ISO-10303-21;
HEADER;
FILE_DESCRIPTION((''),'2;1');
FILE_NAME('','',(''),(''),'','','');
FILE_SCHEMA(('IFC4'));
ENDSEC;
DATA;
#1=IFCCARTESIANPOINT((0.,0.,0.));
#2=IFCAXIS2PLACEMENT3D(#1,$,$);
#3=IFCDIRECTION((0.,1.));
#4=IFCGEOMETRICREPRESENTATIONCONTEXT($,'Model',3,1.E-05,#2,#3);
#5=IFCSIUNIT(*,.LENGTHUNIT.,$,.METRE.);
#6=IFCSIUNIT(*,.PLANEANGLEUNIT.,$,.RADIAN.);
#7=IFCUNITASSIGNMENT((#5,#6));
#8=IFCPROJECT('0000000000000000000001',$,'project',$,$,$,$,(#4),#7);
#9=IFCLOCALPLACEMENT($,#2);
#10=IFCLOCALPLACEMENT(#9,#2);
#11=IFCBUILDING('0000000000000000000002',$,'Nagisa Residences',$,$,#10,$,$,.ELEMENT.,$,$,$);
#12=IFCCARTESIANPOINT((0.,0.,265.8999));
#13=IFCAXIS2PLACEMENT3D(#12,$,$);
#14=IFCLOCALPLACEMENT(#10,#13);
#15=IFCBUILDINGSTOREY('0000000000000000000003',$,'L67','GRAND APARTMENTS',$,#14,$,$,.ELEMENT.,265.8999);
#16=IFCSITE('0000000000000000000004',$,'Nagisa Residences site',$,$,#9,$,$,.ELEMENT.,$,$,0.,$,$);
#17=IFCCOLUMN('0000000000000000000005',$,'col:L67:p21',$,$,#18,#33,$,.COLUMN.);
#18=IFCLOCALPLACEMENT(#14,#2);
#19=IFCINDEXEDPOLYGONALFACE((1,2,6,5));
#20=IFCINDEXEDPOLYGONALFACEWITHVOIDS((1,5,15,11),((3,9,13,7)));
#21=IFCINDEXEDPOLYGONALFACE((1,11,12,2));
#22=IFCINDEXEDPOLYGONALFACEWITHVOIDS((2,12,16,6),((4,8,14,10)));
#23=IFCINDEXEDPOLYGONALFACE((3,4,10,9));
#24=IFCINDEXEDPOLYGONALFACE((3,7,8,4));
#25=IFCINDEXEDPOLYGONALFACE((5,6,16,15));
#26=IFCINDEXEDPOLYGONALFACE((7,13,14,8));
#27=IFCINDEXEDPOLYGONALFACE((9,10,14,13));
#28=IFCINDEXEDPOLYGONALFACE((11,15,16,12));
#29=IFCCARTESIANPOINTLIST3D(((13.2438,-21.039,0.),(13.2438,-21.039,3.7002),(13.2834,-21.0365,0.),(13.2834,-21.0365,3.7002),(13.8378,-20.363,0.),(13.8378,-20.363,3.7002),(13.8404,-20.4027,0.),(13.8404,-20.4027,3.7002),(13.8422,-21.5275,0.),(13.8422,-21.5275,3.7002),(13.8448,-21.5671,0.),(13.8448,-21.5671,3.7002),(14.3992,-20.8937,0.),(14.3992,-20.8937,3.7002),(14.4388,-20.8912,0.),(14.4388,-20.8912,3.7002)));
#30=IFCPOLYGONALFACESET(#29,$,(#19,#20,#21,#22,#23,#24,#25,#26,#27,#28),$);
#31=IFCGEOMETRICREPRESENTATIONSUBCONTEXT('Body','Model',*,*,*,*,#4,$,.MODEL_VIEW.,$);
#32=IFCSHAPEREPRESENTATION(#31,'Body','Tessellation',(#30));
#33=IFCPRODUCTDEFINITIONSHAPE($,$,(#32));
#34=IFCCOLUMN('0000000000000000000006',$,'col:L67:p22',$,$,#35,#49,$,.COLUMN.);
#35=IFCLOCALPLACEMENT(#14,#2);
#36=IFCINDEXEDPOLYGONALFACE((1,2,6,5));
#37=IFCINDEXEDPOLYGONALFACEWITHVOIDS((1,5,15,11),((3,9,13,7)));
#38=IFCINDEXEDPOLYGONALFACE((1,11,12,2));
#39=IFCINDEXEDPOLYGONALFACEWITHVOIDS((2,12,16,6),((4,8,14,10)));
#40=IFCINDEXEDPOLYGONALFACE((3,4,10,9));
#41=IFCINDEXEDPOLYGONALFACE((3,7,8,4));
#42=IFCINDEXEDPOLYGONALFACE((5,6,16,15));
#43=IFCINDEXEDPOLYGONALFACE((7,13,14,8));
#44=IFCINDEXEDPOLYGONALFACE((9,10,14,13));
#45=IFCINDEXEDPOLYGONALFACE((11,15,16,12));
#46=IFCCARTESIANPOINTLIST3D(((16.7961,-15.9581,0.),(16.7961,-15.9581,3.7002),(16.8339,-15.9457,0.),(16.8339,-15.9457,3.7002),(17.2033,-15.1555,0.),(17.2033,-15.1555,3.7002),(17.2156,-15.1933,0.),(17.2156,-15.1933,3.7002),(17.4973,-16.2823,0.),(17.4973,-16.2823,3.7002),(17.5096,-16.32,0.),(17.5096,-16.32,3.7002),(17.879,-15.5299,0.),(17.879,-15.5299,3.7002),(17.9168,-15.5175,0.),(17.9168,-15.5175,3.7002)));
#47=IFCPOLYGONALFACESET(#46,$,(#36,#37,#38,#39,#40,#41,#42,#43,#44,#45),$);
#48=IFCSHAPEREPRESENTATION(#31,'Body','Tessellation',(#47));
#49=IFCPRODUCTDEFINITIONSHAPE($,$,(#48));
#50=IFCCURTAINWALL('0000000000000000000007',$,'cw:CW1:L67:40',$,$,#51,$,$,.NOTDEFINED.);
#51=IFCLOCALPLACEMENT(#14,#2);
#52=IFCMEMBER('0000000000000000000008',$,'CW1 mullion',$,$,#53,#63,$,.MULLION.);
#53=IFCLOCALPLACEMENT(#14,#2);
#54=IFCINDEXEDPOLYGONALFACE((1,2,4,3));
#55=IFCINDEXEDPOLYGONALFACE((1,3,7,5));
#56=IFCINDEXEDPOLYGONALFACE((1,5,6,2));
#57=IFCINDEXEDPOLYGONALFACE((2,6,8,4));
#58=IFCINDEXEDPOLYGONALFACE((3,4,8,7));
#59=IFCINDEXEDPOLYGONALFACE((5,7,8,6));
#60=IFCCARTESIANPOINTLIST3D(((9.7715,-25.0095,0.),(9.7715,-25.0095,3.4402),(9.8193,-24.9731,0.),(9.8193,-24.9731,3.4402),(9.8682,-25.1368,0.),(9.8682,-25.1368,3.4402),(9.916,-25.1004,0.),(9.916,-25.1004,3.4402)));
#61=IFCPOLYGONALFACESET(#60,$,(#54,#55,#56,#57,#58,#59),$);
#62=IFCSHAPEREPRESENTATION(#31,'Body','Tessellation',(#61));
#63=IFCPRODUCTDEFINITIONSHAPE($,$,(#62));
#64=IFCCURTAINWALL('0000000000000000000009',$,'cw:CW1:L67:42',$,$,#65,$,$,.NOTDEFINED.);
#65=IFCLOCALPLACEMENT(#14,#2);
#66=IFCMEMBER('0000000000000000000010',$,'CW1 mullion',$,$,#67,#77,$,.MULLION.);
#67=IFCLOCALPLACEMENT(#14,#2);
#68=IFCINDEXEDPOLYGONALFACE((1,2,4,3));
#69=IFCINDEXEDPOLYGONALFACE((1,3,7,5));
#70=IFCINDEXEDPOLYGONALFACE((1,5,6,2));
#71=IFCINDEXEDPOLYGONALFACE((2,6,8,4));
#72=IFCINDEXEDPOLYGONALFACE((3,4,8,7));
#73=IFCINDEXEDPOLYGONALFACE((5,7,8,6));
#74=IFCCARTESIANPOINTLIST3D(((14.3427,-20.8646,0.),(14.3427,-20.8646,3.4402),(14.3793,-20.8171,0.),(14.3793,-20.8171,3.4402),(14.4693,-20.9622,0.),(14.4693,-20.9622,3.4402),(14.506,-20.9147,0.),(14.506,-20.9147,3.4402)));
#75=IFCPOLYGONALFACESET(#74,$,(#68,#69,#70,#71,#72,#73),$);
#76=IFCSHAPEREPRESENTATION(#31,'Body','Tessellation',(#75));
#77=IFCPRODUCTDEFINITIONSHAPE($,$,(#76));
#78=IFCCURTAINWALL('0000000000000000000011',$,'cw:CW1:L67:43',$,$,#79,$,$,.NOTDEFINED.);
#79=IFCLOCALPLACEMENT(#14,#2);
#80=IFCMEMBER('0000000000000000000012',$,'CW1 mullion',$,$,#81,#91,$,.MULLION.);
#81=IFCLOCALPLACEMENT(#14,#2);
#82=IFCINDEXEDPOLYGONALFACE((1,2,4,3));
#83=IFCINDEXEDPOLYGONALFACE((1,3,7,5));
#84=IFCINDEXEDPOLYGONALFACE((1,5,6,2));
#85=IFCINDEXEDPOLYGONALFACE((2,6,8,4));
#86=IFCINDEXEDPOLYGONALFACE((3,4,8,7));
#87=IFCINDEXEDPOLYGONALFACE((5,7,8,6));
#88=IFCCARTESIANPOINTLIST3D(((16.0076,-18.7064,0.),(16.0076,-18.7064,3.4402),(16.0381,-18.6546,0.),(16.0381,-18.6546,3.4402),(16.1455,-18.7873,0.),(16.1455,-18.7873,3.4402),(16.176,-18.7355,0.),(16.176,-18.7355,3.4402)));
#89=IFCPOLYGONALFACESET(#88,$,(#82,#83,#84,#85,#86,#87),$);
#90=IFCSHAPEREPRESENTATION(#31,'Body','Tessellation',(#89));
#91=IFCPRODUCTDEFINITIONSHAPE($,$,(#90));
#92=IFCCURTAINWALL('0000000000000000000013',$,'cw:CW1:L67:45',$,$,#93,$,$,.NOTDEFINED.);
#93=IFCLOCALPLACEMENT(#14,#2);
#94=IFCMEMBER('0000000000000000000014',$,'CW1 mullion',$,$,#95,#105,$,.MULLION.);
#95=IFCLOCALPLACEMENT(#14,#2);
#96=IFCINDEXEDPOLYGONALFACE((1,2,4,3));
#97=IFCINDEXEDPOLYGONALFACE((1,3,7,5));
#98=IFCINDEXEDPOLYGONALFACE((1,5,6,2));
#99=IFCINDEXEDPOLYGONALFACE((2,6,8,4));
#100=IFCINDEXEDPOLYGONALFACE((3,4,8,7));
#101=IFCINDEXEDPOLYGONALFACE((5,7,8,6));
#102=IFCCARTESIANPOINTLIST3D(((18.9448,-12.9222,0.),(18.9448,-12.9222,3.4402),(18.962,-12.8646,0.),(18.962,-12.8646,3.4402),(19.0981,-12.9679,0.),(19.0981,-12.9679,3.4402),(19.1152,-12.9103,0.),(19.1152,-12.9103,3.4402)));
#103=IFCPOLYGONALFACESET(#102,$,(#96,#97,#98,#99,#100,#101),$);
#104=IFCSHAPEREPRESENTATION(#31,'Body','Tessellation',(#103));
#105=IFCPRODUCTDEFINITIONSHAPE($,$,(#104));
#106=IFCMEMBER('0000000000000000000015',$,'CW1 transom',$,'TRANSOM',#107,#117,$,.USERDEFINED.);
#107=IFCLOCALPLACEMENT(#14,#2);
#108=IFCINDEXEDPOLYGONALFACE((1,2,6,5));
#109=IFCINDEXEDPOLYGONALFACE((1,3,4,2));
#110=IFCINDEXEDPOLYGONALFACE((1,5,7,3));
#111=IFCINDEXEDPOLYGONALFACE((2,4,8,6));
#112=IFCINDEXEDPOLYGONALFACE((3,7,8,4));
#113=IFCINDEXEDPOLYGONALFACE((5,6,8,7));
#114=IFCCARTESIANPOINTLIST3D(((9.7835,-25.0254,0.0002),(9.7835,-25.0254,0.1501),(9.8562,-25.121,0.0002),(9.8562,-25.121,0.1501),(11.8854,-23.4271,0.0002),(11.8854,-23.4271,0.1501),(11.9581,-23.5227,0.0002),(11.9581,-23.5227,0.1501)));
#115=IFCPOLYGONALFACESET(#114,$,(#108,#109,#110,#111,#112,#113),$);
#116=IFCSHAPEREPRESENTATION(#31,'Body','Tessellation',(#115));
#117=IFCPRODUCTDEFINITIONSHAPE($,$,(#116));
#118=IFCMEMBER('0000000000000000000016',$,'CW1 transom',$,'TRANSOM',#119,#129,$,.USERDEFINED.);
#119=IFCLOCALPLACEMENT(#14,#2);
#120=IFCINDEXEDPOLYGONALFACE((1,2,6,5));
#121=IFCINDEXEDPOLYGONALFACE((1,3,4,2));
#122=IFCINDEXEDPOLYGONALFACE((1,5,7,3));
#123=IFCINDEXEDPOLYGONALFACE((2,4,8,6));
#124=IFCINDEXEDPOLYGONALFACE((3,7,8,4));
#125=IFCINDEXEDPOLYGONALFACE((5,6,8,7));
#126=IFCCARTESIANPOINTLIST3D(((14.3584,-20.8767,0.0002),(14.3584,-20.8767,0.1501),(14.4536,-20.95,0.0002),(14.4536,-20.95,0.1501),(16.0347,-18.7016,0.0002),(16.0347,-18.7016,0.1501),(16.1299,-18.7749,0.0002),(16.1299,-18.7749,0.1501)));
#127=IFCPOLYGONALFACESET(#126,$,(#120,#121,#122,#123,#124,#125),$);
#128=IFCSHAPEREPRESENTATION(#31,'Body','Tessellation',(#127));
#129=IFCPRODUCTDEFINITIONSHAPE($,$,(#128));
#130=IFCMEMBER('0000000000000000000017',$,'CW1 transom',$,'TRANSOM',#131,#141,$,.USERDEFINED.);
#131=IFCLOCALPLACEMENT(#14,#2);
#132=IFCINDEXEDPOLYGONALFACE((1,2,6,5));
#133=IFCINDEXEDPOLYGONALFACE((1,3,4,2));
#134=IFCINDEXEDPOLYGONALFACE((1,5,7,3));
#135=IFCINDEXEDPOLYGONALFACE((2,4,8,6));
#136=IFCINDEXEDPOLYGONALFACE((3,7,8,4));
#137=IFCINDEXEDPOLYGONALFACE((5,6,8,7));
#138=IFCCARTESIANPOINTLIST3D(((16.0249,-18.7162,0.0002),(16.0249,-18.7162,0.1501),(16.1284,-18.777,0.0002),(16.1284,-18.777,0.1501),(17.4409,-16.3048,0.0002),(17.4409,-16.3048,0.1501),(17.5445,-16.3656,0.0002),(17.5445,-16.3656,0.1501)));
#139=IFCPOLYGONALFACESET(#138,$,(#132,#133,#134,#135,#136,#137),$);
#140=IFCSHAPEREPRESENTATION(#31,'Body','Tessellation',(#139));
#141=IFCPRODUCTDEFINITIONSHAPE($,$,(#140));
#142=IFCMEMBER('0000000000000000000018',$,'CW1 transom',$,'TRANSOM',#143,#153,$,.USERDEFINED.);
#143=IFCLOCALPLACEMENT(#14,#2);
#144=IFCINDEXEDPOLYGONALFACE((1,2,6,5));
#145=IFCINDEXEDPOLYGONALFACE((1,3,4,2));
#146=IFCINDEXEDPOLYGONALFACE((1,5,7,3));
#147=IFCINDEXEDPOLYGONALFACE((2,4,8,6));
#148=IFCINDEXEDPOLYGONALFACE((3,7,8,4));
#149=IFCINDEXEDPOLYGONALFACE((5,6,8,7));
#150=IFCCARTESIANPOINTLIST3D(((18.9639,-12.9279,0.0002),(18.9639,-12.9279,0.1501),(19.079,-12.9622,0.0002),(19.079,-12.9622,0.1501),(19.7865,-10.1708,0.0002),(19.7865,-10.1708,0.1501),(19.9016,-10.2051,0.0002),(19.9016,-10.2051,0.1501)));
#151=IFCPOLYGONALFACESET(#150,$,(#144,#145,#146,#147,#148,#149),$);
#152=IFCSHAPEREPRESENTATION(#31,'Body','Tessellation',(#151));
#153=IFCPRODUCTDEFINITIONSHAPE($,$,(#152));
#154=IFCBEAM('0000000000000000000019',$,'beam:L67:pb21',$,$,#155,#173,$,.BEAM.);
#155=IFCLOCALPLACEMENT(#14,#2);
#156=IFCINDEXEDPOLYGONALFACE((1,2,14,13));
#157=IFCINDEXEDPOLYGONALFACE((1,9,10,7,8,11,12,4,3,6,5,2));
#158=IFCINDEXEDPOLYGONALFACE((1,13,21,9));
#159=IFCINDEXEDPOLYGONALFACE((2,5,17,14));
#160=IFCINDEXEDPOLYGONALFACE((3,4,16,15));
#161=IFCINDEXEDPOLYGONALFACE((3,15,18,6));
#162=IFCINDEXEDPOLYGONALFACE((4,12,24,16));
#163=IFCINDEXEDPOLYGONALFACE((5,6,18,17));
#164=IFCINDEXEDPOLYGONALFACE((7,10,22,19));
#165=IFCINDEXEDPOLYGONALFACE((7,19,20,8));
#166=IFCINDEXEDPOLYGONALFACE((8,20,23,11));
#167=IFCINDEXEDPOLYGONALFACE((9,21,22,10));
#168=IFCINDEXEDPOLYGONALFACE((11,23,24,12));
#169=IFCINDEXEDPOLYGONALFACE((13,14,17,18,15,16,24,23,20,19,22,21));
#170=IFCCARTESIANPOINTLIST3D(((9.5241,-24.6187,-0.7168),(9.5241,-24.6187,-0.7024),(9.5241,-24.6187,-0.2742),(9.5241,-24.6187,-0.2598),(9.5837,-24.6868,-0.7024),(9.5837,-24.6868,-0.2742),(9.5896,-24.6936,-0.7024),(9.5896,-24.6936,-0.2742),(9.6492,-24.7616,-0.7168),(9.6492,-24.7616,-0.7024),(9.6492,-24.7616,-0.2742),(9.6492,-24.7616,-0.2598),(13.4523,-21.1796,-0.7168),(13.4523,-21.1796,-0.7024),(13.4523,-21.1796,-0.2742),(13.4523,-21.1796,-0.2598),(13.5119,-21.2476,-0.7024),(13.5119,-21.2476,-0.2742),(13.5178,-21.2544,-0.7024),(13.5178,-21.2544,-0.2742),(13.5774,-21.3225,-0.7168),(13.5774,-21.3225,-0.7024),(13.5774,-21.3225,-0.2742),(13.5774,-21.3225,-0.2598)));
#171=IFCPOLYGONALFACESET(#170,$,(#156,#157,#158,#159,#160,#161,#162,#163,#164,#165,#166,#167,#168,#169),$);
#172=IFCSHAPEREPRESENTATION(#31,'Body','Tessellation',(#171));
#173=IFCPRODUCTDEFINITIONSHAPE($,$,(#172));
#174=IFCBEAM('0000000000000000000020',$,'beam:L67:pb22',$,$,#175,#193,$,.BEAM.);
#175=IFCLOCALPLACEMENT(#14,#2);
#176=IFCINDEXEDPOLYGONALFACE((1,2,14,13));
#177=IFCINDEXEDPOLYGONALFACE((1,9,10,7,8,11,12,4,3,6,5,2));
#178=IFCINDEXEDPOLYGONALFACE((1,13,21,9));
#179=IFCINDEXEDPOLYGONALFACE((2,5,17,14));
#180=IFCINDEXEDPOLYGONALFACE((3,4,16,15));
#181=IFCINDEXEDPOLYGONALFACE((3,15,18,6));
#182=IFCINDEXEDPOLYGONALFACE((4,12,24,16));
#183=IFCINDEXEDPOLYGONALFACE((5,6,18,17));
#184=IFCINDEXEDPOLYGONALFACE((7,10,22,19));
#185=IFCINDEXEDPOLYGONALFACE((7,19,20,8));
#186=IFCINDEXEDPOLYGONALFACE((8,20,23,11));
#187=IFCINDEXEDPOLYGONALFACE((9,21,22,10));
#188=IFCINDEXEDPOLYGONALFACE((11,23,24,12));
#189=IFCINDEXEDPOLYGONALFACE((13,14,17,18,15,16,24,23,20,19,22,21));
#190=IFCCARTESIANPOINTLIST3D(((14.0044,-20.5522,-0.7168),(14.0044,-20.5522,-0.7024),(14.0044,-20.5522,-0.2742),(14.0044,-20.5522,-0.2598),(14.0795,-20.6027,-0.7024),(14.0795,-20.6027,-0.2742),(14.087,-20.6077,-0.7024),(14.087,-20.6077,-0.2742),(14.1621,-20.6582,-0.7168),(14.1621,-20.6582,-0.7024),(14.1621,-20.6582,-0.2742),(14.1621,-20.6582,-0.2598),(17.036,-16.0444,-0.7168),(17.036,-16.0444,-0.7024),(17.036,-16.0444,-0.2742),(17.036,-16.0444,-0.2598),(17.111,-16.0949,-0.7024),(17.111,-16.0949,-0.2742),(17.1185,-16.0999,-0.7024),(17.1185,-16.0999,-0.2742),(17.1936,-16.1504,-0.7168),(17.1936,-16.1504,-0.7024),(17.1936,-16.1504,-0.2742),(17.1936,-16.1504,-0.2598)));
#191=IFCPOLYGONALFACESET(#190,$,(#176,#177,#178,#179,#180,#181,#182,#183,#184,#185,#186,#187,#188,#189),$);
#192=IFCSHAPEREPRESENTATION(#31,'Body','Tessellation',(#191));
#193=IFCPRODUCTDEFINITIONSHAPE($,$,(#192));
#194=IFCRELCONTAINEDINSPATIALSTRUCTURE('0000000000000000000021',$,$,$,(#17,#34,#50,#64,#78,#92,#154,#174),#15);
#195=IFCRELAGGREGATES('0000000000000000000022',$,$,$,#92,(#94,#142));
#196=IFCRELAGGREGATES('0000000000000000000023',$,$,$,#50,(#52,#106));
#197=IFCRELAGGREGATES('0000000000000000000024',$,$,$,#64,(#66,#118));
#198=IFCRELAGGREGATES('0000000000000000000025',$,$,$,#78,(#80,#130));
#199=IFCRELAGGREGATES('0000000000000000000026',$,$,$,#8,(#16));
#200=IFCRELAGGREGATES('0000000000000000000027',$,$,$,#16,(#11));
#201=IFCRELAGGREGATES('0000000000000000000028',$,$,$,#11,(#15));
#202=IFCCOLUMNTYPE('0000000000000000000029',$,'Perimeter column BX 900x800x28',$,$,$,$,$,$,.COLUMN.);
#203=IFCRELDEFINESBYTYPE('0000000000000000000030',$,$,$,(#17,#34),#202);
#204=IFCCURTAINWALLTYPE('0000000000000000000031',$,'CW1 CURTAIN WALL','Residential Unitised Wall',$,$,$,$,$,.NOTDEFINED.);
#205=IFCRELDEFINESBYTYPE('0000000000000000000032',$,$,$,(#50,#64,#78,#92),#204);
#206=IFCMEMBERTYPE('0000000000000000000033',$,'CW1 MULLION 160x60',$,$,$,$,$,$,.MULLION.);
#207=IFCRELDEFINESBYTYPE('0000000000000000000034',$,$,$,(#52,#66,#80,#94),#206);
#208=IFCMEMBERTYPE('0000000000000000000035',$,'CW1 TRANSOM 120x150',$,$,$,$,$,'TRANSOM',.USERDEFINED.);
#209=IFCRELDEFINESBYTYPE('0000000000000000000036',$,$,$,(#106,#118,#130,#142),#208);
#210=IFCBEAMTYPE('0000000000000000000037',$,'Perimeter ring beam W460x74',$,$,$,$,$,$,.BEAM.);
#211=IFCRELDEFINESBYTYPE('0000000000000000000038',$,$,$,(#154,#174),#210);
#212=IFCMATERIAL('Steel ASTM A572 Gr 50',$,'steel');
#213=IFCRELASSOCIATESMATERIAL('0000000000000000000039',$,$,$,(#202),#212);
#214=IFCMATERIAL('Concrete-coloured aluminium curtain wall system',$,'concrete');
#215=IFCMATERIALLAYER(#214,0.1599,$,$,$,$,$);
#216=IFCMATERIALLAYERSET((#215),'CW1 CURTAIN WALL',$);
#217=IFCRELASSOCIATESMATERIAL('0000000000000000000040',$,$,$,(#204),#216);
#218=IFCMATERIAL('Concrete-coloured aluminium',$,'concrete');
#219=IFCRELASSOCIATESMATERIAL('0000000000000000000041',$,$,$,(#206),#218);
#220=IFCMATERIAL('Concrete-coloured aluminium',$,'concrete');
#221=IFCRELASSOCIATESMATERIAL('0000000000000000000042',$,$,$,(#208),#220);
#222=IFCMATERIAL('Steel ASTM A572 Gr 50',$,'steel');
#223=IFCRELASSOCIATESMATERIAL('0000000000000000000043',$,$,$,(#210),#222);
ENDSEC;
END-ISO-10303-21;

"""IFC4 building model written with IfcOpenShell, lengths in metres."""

from ifc_helpers import new_model, si_unit, direction, frame, origin, origin_2d, place, context, subcontext, project, spatial, rectangle, hollow_rectangle, i_section, extrude, material, layer, layer_set, material_profile, profile_set, type_object, element, aggregate, save


model = new_model("IFC4")

# Units and contexts
model_context = context("Model", 3, precision=1e-05, world=origin(), true_north=direction((0.0, 1.0)))
body_context = subcontext(model_context, "Body", "Model", "MODEL_VIEW")
ifc_project = project(units=[si_unit("LENGTHUNIT", "METRE"), si_unit("PLANEANGLEUNIT", "RADIAN")], contexts=[model_context])

# Site, building, storey
site_placement = place(None, origin())
site = spatial("IfcSite", under=ifc_project, at=site_placement, Name="Nagisa Residences site", CompositionType="ELEMENT", RefElevation=0.0)
building_placement = place(site_placement, origin())
building = spatial("IfcBuilding", under=site, at=building_placement, Name="Nagisa Residences", CompositionType="ELEMENT")
storey_placement = place(building_placement, frame((0.0, 0.0, 265.8999)))
storey = spatial("IfcBuildingStorey", under=building, at=storey_placement, Name="L67", Description="GRAND APARTMENTS", CompositionType="ELEMENT", Elevation=265.8999)

# Columns
ifc_material_1 = material(Name="Steel ASTM A572 Gr 50", Category="steel")
ifc_material_profile_1 = material_profile(ifc_material_1, hollow_rectangle(XDim=0.8999, YDim=0.8, WallThickness=0.0281, at=origin_2d()), Name="BX 900x800x28")
ifc_profile_set_1 = profile_set([ifc_material_profile_1], Name="Steel ASTM A572 Gr 50")
column_type = type_object("IfcColumnType", Name="Perimeter column BX 900x800x28", PredefinedType="COLUMN", material=ifc_profile_set_1)
for number, where, z_axis, x_axis, name in (
    (1, (13.8413, -20.9651, 0.0), (0.0, 0.0, 1.0), (0.660115, 0.751165, 0.0), "col:L67:p21"),
    (2, (17.3564, -15.7378, 0.0), (0.0, 0.0, 1.0), (0.452463, 0.891783, 0.0), "col:L67:p22"),
):
    element("IfcColumn", number, at=place(storey_placement, frame(where, z_axis=z_axis, x_axis=x_axis)), inside=storey, type_object=column_type, Name=name, PredefinedType="COLUMN", context=body_context, shape_type="SweptSolid", body=[
        extrude(hollow_rectangle(XDim=0.8999, YDim=0.8, WallThickness=0.0281, at=origin_2d()), origin(), (0.0, 0.0, 1.0), 3.7002),
    ])

# Curtain walls, members
ifc_material_2 = material(Name="Concrete-coloured aluminium curtain wall system", Category="concrete")
ifc_layer_1 = layer(ifc_material_2, 0.1599)
ifc_layer_set_1 = layer_set([ifc_layer_1], Name="CW1 CURTAIN WALL")
curtain_wall_type = type_object("IfcCurtainWallType", Name="CW1 CURTAIN WALL", Description="Residential Unitised Wall", PredefinedType="NOTDEFINED", material=ifc_layer_set_1)
curtain_wall_1_placement = place(storey_placement, origin())
curtain_wall_1 = element("IfcCurtainWall", 3, at=curtain_wall_1_placement, inside=storey, type_object=curtain_wall_type, Name="cw:CW1:L67:40", PredefinedType="NOTDEFINED")
ifc_material_3 = material(Name="Concrete-coloured aluminium", Category="concrete")
ifc_material_profile_2 = material_profile(ifc_material_3, rectangle(XDim=0.1599, YDim=0.0601, at=origin_2d()), Name="CW1 MULLION 160x60")
ifc_profile_set_2 = profile_set([ifc_material_profile_2], Name="Concrete-coloured aluminium")
member_type_1 = type_object("IfcMemberType", Name="CW1 MULLION 160x60", PredefinedType="MULLION", material=ifc_profile_set_2)
member_1_placement = place(storey_placement, frame((9.8438, -25.0549, 0.0), z_axis=(0.0, 0.0, 1.0), x_axis=(-0.605255, 0.796031, 0.0)))
member_1 = element("IfcMember", 4, at=member_1_placement, type_object=member_type_1, Name="CW1 mullion", PredefinedType="MULLION", context=body_context, shape_type="SweptSolid", body=[
    extrude(rectangle(XDim=0.1599, YDim=0.0601, at=origin_2d()), origin(), (0.0, 0.0, 1.0), 3.4402),
])
curtain_wall_2_placement = place(storey_placement, origin())
curtain_wall_2 = element("IfcCurtainWall", 5, at=curtain_wall_2_placement, inside=storey, type_object=curtain_wall_type, Name="cw:CW1:L67:42", PredefinedType="NOTDEFINED")
member_2_placement = place(storey_placement, frame((14.4243, -20.8896, 0.0), z_axis=(0.0, 0.0, 1.0), x_axis=(-0.79207, 0.61043, 0.0)))
member_2 = element("IfcMember", 6, at=member_2_placement, type_object=member_type_1, Name="CW1 mullion", PredefinedType="MULLION", context=body_context, shape_type="SweptSolid", body=[
    extrude(rectangle(XDim=0.1599, YDim=0.0601, at=origin_2d()), origin(), (0.0, 0.0, 1.0), 3.4402),
])
curtain_wall_3_placement = place(storey_placement, origin())
curtain_wall_3 = element("IfcCurtainWall", 7, at=curtain_wall_3_placement, inside=storey, type_object=curtain_wall_type, Name="cw:CW1:L67:43", PredefinedType="NOTDEFINED")
member_3_placement = place(storey_placement, frame((16.0918, -18.7209, 0.0), z_axis=(0.0, 0.0, 1.0), x_axis=(-0.862329, 0.506349, 0.0)))
member_3 = element("IfcMember", 8, at=member_3_placement, type_object=member_type_1, Name="CW1 mullion", PredefinedType="MULLION", context=body_context, shape_type="SweptSolid", body=[
    extrude(rectangle(XDim=0.1599, YDim=0.0601, at=origin_2d()), origin(), (0.0, 0.0, 1.0), 3.4402),
])
curtain_wall_4_placement = place(storey_placement, origin())
curtain_wall_4 = element("IfcCurtainWall", 9, at=curtain_wall_4_placement, inside=storey, type_object=curtain_wall_type, Name="cw:CW1:L67:45", PredefinedType="NOTDEFINED")
member_4_placement = place(storey_placement, frame((19.03, -12.9163, 0.0), z_axis=(0.0, 0.0, 1.0), x_axis=(-0.958271, 0.28586, 0.0)))
member_4 = element("IfcMember", 10, at=member_4_placement, type_object=member_type_1, Name="CW1 mullion", PredefinedType="MULLION", context=body_context, shape_type="SweptSolid", body=[
    extrude(rectangle(XDim=0.1599, YDim=0.0601, at=origin_2d()), origin(), (0.0, 0.0, 1.0), 3.4402),
])

# Members
ifc_material_4 = material(Name="Concrete-coloured aluminium", Category="concrete")
ifc_material_profile_3 = material_profile(ifc_material_4, rectangle(XDim=0.1201, YDim=0.1499, at=origin_2d()), Name="CW1 TRANSOM 120x150")
ifc_profile_set_3 = profile_set([ifc_material_profile_3], Name="Concrete-coloured aluminium")
member_type_2 = type_object("IfcMemberType", Name="CW1 TRANSOM 120x150", ElementType="TRANSOM", PredefinedType="USERDEFINED", material=ifc_profile_set_3)
member_5_placement = place(storey_placement, frame((9.8198, -25.0732, 0.0752), z_axis=(0.796011, 0.605282, 0.0), x_axis=(-0.605282, 0.796011, 0.0)))
member_5 = element("IfcMember", 11, at=member_5_placement, type_object=member_type_2, Name="CW1 transom", ObjectType="TRANSOM", PredefinedType="USERDEFINED", context=body_context, shape_type="SweptSolid", body=[
    extrude(rectangle(XDim=0.1201, YDim=0.1499, at=origin_2d()), origin(), (0.0, 0.0, 1.0), 2.6406),
])
member_6_placement = place(storey_placement, frame((14.406, -20.9133, 0.0752), z_axis=(0.610432, 0.792068, 0.0), x_axis=(-0.792068, 0.610432, 0.0)))
member_6 = element("IfcMember", 12, at=member_6_placement, type_object=member_type_2, Name="CW1 transom", ObjectType="TRANSOM", PredefinedType="USERDEFINED", context=body_context, shape_type="SweptSolid", body=[
    extrude(rectangle(XDim=0.1201, YDim=0.1499, at=origin_2d()), origin(), (0.0, 0.0, 1.0), 2.7461),
])
member_7_placement = place(storey_placement, frame((16.0767, -18.7466, 0.0752), z_axis=(0.506371, 0.862316, 0.0), x_axis=(-0.862316, 0.506371, 0.0)))
member_7 = element("IfcMember", 13, at=member_7_placement, type_object=member_type_2, Name="CW1 transom", ObjectType="TRANSOM", PredefinedType="USERDEFINED", context=body_context, shape_type="SweptSolid", body=[
    extrude(rectangle(XDim=0.1201, YDim=0.1499, at=origin_2d()), origin(), (0.0, 0.0, 1.0), 2.7964),
])
member_8_placement = place(storey_placement, frame((19.0215, -12.9451, 0.0752), z_axis=(0.285876, 0.958267, 0.0), x_axis=(-0.958267, 0.285876, 0.0)))
member_8 = element("IfcMember", 14, at=member_8_placement, type_object=member_type_2, Name="CW1 transom", ObjectType="TRANSOM", PredefinedType="USERDEFINED", context=body_context, shape_type="SweptSolid", body=[
    extrude(rectangle(XDim=0.1201, YDim=0.1499, at=origin_2d()), origin(), (0.0, 0.0, 1.0), 2.8772),
])
aggregate(curtain_wall_4, [member_4, member_8])

# Beams
ifc_material_5 = material(Name="Steel ASTM A572 Gr 50", Category="steel")
ifc_material_profile_4 = material_profile(ifc_material_5, i_section(OverallWidth=0.1899, OverallDepth=0.457, WebThickness=0.009, FlangeThickness=0.0144, at=origin_2d()), Name="W460x74")
ifc_profile_set_4 = profile_set([ifc_material_profile_4], Name="Steel ASTM A572 Gr 50")
beam_type_1 = type_object("IfcBeamType", Name="Perimeter ring beam W460x74", PredefinedType="BEAM", material=ifc_profile_set_4)
beam_1_placement = place(storey_placement, frame((9.5867, -24.6902, -0.4883), z_axis=(0.752385, 0.658723, 0.0), x_axis=(-0.658723, 0.752385, 0.0)))
element("IfcBeam", 15, at=beam_1_placement, inside=storey, type_object=beam_type_1, Name="beam:L67:pb21", PredefinedType="BEAM", context=body_context, shape_type="SweptSolid", body=[
    extrude(i_section(OverallWidth=0.1899, OverallDepth=0.457, WebThickness=0.009, FlangeThickness=0.0144, at=origin_2d()), origin(), (0.0, 0.0, 1.0), 5.2209),
])
beam_2_placement = place(storey_placement, frame((14.0833, -20.6052, -0.4883), z_axis=(0.558046, 0.82981, 0.0), x_axis=(-0.82981, 0.558046, 0.0)))
element("IfcBeam", 16, at=beam_2_placement, inside=storey, type_object=beam_type_1, Name="beam:L67:pb22", PredefinedType="BEAM", context=body_context, shape_type="SweptSolid", body=[
    extrude(i_section(OverallWidth=0.1899, OverallDepth=0.457, WebThickness=0.009, FlangeThickness=0.0144, at=origin_2d()), origin(), (0.0, 0.0, 1.0), 5.4324),
])

aggregate(curtain_wall_1, [member_1, member_5])
aggregate(curtain_wall_2, [member_2, member_6])
aggregate(curtain_wall_3, [member_3, member_7])

save(model, "model.ifc")
